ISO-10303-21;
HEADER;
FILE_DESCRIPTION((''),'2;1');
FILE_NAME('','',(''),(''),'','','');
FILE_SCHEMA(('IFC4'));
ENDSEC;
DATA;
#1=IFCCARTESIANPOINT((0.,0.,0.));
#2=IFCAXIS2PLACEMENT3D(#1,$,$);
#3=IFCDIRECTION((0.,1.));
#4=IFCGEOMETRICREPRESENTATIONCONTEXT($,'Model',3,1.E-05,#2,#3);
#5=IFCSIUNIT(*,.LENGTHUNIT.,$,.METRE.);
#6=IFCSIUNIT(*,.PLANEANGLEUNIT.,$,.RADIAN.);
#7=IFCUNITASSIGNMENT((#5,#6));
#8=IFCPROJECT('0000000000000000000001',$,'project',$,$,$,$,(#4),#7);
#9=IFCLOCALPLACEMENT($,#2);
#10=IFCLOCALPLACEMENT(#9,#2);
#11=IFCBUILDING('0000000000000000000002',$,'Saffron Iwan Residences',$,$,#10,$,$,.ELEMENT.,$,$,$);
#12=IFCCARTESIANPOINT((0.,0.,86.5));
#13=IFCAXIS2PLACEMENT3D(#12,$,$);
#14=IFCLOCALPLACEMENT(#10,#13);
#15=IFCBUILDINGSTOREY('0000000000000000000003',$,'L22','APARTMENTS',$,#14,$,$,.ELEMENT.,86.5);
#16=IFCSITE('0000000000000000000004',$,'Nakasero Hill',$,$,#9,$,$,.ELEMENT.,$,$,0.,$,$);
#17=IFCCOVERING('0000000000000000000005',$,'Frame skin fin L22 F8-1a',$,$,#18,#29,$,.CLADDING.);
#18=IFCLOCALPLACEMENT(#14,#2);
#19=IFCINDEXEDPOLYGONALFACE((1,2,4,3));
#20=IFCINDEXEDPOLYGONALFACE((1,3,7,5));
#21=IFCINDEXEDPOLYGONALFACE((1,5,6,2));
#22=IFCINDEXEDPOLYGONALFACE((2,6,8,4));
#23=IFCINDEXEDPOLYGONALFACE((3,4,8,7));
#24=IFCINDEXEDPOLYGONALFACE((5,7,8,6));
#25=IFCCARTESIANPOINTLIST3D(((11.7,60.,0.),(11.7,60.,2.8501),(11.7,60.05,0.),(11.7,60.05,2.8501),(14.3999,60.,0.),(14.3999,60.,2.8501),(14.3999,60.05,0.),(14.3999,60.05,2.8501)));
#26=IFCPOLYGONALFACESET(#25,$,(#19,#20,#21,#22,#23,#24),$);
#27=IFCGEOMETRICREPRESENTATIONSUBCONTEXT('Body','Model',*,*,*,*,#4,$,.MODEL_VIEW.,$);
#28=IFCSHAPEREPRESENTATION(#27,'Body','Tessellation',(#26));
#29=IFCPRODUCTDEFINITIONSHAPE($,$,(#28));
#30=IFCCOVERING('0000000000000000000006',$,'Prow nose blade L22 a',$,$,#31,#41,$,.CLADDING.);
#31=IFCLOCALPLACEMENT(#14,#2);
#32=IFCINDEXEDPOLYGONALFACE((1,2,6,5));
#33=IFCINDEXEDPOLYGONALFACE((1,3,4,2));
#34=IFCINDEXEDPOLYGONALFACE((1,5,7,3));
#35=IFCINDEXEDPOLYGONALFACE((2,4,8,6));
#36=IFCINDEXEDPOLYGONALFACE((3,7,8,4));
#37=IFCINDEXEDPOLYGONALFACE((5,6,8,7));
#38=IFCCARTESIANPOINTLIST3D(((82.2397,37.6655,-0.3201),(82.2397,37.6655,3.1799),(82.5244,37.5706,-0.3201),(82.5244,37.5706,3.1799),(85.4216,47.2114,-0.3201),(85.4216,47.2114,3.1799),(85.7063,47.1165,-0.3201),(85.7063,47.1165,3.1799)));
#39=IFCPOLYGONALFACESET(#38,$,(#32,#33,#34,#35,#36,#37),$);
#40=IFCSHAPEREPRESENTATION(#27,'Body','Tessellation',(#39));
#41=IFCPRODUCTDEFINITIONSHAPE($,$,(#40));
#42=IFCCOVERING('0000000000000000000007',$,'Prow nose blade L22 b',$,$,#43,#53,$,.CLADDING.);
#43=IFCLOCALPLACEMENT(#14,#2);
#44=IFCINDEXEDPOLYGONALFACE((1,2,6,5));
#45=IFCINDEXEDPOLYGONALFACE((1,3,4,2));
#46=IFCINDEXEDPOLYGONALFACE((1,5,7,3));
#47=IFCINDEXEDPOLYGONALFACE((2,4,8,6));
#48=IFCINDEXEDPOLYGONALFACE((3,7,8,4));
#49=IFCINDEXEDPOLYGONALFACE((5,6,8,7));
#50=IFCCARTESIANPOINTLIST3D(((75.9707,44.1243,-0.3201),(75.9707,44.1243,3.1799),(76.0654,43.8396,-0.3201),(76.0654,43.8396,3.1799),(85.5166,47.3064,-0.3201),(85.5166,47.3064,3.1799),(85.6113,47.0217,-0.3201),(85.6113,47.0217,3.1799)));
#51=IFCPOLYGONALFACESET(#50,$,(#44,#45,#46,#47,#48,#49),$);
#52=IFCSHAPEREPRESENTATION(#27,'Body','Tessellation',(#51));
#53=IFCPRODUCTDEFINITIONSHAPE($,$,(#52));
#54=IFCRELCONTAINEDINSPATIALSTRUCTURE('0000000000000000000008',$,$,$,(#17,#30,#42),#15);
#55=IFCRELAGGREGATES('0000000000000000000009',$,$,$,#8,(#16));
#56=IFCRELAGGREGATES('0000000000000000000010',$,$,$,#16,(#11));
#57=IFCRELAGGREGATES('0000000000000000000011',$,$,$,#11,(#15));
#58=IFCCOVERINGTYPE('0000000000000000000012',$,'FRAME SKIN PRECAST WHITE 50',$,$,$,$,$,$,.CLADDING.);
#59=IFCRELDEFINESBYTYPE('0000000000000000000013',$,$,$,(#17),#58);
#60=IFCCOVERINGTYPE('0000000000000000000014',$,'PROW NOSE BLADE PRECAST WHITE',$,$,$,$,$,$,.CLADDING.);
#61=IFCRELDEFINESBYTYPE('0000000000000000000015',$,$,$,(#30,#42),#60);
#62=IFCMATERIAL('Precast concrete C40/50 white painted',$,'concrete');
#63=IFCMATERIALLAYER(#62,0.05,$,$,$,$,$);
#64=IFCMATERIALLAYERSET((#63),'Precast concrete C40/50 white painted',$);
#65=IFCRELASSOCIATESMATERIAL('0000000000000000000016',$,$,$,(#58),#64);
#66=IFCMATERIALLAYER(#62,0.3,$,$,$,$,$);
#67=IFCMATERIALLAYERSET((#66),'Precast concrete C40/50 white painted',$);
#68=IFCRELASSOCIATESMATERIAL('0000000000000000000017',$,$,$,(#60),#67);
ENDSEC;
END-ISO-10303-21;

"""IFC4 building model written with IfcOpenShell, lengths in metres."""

from ifc_helpers import new_model, si_unit, direction, frame, origin, place, context, subcontext, project, spatial, polyline, outline, extrude, material, layer, layer_set, type_object, element, save


model = new_model("IFC4")

# Units and contexts
model_context = context("Model", 3, precision=1e-05, world=origin(), true_north=direction((0.0, 1.0)))
body_context = subcontext(model_context, "Body", "Model", "MODEL_VIEW")
ifc_project = project(units=[si_unit("LENGTHUNIT", "METRE"), si_unit("PLANEANGLEUNIT", "RADIAN")], contexts=[model_context])

# Site, building, storey
site_placement = place(None, origin())
site = spatial("IfcSite", under=ifc_project, at=site_placement, Name="Nakasero Hill", CompositionType="ELEMENT", RefElevation=0.0)
building_placement = place(site_placement, origin())
building = spatial("IfcBuilding", under=site, at=building_placement, Name="Saffron Iwan Residences", CompositionType="ELEMENT")
storey_placement = place(building_placement, frame((0.0, 0.0, 86.5)))
storey = spatial("IfcBuildingStorey", under=building, at=storey_placement, Name="L22", Description="APARTMENTS", CompositionType="ELEMENT", Elevation=86.5)

# Coverings
ifc_material_1 = material(Name="Precast concrete C40/50 white painted", Category="concrete")
ifc_layer_1 = layer(ifc_material_1, 0.05)
ifc_layer_set_1 = layer_set([ifc_layer_1], Name="Precast concrete C40/50 white painted")
covering_type_1 = type_object("IfcCoveringType", Name="FRAME SKIN PRECAST WHITE 50", PredefinedType="CLADDING", material=ifc_layer_set_1)
covering_1_placement = place(storey_placement, origin())
element("IfcCovering", 1, at=covering_1_placement, inside=storey, type_object=covering_type_1, Name="Frame skin fin L22 F8-1a", PredefinedType="CLADDING", context=body_context, shape_type="SweptSolid", body=[
    extrude(outline(polyline([(11.7, 60.05), (11.7, 60.0), (14.3999, 60.0), (14.3999, 60.05), (11.7, 60.05)])), origin(), (0.0, 0.0, 1.0), 2.8501),
])
ifc_layer_2 = layer(ifc_material_1, 0.3)
ifc_layer_set_2 = layer_set([ifc_layer_2], Name="Precast concrete C40/50 white painted")
covering_type_2 = type_object("IfcCoveringType", Name="PROW NOSE BLADE PRECAST WHITE", PredefinedType="CLADDING", material=ifc_layer_set_2)
covering_2_placement = place(storey_placement, frame((0.0, 0.0, -0.3201)))
element("IfcCovering", 2, at=covering_2_placement, inside=storey, type_object=covering_type_2, Name="Prow nose blade L22 a", PredefinedType="CLADDING", context=body_context, shape_type="SweptSolid", body=[
    extrude(outline(polyline([(82.5244, 37.5706), (85.7063, 47.1165), (85.4216, 47.2114), (82.2397, 37.6655), (82.5244, 37.5706)])), origin(), (0.0, 0.0, 1.0), 3.5),
])
covering_3_placement = place(storey_placement, frame((0.0, 0.0, -0.3201)))
element("IfcCovering", 3, at=covering_3_placement, inside=storey, type_object=covering_type_2, Name="Prow nose blade L22 b", PredefinedType="CLADDING", context=body_context, shape_type="SweptSolid", body=[
    extrude(outline(polyline([(76.0654, 43.8396), (85.6113, 47.0217), (85.5166, 47.3064), (75.9707, 44.1243), (76.0654, 43.8396)])), origin(), (0.0, 0.0, 1.0), 3.5),
])

save(model, "model.ifc")
